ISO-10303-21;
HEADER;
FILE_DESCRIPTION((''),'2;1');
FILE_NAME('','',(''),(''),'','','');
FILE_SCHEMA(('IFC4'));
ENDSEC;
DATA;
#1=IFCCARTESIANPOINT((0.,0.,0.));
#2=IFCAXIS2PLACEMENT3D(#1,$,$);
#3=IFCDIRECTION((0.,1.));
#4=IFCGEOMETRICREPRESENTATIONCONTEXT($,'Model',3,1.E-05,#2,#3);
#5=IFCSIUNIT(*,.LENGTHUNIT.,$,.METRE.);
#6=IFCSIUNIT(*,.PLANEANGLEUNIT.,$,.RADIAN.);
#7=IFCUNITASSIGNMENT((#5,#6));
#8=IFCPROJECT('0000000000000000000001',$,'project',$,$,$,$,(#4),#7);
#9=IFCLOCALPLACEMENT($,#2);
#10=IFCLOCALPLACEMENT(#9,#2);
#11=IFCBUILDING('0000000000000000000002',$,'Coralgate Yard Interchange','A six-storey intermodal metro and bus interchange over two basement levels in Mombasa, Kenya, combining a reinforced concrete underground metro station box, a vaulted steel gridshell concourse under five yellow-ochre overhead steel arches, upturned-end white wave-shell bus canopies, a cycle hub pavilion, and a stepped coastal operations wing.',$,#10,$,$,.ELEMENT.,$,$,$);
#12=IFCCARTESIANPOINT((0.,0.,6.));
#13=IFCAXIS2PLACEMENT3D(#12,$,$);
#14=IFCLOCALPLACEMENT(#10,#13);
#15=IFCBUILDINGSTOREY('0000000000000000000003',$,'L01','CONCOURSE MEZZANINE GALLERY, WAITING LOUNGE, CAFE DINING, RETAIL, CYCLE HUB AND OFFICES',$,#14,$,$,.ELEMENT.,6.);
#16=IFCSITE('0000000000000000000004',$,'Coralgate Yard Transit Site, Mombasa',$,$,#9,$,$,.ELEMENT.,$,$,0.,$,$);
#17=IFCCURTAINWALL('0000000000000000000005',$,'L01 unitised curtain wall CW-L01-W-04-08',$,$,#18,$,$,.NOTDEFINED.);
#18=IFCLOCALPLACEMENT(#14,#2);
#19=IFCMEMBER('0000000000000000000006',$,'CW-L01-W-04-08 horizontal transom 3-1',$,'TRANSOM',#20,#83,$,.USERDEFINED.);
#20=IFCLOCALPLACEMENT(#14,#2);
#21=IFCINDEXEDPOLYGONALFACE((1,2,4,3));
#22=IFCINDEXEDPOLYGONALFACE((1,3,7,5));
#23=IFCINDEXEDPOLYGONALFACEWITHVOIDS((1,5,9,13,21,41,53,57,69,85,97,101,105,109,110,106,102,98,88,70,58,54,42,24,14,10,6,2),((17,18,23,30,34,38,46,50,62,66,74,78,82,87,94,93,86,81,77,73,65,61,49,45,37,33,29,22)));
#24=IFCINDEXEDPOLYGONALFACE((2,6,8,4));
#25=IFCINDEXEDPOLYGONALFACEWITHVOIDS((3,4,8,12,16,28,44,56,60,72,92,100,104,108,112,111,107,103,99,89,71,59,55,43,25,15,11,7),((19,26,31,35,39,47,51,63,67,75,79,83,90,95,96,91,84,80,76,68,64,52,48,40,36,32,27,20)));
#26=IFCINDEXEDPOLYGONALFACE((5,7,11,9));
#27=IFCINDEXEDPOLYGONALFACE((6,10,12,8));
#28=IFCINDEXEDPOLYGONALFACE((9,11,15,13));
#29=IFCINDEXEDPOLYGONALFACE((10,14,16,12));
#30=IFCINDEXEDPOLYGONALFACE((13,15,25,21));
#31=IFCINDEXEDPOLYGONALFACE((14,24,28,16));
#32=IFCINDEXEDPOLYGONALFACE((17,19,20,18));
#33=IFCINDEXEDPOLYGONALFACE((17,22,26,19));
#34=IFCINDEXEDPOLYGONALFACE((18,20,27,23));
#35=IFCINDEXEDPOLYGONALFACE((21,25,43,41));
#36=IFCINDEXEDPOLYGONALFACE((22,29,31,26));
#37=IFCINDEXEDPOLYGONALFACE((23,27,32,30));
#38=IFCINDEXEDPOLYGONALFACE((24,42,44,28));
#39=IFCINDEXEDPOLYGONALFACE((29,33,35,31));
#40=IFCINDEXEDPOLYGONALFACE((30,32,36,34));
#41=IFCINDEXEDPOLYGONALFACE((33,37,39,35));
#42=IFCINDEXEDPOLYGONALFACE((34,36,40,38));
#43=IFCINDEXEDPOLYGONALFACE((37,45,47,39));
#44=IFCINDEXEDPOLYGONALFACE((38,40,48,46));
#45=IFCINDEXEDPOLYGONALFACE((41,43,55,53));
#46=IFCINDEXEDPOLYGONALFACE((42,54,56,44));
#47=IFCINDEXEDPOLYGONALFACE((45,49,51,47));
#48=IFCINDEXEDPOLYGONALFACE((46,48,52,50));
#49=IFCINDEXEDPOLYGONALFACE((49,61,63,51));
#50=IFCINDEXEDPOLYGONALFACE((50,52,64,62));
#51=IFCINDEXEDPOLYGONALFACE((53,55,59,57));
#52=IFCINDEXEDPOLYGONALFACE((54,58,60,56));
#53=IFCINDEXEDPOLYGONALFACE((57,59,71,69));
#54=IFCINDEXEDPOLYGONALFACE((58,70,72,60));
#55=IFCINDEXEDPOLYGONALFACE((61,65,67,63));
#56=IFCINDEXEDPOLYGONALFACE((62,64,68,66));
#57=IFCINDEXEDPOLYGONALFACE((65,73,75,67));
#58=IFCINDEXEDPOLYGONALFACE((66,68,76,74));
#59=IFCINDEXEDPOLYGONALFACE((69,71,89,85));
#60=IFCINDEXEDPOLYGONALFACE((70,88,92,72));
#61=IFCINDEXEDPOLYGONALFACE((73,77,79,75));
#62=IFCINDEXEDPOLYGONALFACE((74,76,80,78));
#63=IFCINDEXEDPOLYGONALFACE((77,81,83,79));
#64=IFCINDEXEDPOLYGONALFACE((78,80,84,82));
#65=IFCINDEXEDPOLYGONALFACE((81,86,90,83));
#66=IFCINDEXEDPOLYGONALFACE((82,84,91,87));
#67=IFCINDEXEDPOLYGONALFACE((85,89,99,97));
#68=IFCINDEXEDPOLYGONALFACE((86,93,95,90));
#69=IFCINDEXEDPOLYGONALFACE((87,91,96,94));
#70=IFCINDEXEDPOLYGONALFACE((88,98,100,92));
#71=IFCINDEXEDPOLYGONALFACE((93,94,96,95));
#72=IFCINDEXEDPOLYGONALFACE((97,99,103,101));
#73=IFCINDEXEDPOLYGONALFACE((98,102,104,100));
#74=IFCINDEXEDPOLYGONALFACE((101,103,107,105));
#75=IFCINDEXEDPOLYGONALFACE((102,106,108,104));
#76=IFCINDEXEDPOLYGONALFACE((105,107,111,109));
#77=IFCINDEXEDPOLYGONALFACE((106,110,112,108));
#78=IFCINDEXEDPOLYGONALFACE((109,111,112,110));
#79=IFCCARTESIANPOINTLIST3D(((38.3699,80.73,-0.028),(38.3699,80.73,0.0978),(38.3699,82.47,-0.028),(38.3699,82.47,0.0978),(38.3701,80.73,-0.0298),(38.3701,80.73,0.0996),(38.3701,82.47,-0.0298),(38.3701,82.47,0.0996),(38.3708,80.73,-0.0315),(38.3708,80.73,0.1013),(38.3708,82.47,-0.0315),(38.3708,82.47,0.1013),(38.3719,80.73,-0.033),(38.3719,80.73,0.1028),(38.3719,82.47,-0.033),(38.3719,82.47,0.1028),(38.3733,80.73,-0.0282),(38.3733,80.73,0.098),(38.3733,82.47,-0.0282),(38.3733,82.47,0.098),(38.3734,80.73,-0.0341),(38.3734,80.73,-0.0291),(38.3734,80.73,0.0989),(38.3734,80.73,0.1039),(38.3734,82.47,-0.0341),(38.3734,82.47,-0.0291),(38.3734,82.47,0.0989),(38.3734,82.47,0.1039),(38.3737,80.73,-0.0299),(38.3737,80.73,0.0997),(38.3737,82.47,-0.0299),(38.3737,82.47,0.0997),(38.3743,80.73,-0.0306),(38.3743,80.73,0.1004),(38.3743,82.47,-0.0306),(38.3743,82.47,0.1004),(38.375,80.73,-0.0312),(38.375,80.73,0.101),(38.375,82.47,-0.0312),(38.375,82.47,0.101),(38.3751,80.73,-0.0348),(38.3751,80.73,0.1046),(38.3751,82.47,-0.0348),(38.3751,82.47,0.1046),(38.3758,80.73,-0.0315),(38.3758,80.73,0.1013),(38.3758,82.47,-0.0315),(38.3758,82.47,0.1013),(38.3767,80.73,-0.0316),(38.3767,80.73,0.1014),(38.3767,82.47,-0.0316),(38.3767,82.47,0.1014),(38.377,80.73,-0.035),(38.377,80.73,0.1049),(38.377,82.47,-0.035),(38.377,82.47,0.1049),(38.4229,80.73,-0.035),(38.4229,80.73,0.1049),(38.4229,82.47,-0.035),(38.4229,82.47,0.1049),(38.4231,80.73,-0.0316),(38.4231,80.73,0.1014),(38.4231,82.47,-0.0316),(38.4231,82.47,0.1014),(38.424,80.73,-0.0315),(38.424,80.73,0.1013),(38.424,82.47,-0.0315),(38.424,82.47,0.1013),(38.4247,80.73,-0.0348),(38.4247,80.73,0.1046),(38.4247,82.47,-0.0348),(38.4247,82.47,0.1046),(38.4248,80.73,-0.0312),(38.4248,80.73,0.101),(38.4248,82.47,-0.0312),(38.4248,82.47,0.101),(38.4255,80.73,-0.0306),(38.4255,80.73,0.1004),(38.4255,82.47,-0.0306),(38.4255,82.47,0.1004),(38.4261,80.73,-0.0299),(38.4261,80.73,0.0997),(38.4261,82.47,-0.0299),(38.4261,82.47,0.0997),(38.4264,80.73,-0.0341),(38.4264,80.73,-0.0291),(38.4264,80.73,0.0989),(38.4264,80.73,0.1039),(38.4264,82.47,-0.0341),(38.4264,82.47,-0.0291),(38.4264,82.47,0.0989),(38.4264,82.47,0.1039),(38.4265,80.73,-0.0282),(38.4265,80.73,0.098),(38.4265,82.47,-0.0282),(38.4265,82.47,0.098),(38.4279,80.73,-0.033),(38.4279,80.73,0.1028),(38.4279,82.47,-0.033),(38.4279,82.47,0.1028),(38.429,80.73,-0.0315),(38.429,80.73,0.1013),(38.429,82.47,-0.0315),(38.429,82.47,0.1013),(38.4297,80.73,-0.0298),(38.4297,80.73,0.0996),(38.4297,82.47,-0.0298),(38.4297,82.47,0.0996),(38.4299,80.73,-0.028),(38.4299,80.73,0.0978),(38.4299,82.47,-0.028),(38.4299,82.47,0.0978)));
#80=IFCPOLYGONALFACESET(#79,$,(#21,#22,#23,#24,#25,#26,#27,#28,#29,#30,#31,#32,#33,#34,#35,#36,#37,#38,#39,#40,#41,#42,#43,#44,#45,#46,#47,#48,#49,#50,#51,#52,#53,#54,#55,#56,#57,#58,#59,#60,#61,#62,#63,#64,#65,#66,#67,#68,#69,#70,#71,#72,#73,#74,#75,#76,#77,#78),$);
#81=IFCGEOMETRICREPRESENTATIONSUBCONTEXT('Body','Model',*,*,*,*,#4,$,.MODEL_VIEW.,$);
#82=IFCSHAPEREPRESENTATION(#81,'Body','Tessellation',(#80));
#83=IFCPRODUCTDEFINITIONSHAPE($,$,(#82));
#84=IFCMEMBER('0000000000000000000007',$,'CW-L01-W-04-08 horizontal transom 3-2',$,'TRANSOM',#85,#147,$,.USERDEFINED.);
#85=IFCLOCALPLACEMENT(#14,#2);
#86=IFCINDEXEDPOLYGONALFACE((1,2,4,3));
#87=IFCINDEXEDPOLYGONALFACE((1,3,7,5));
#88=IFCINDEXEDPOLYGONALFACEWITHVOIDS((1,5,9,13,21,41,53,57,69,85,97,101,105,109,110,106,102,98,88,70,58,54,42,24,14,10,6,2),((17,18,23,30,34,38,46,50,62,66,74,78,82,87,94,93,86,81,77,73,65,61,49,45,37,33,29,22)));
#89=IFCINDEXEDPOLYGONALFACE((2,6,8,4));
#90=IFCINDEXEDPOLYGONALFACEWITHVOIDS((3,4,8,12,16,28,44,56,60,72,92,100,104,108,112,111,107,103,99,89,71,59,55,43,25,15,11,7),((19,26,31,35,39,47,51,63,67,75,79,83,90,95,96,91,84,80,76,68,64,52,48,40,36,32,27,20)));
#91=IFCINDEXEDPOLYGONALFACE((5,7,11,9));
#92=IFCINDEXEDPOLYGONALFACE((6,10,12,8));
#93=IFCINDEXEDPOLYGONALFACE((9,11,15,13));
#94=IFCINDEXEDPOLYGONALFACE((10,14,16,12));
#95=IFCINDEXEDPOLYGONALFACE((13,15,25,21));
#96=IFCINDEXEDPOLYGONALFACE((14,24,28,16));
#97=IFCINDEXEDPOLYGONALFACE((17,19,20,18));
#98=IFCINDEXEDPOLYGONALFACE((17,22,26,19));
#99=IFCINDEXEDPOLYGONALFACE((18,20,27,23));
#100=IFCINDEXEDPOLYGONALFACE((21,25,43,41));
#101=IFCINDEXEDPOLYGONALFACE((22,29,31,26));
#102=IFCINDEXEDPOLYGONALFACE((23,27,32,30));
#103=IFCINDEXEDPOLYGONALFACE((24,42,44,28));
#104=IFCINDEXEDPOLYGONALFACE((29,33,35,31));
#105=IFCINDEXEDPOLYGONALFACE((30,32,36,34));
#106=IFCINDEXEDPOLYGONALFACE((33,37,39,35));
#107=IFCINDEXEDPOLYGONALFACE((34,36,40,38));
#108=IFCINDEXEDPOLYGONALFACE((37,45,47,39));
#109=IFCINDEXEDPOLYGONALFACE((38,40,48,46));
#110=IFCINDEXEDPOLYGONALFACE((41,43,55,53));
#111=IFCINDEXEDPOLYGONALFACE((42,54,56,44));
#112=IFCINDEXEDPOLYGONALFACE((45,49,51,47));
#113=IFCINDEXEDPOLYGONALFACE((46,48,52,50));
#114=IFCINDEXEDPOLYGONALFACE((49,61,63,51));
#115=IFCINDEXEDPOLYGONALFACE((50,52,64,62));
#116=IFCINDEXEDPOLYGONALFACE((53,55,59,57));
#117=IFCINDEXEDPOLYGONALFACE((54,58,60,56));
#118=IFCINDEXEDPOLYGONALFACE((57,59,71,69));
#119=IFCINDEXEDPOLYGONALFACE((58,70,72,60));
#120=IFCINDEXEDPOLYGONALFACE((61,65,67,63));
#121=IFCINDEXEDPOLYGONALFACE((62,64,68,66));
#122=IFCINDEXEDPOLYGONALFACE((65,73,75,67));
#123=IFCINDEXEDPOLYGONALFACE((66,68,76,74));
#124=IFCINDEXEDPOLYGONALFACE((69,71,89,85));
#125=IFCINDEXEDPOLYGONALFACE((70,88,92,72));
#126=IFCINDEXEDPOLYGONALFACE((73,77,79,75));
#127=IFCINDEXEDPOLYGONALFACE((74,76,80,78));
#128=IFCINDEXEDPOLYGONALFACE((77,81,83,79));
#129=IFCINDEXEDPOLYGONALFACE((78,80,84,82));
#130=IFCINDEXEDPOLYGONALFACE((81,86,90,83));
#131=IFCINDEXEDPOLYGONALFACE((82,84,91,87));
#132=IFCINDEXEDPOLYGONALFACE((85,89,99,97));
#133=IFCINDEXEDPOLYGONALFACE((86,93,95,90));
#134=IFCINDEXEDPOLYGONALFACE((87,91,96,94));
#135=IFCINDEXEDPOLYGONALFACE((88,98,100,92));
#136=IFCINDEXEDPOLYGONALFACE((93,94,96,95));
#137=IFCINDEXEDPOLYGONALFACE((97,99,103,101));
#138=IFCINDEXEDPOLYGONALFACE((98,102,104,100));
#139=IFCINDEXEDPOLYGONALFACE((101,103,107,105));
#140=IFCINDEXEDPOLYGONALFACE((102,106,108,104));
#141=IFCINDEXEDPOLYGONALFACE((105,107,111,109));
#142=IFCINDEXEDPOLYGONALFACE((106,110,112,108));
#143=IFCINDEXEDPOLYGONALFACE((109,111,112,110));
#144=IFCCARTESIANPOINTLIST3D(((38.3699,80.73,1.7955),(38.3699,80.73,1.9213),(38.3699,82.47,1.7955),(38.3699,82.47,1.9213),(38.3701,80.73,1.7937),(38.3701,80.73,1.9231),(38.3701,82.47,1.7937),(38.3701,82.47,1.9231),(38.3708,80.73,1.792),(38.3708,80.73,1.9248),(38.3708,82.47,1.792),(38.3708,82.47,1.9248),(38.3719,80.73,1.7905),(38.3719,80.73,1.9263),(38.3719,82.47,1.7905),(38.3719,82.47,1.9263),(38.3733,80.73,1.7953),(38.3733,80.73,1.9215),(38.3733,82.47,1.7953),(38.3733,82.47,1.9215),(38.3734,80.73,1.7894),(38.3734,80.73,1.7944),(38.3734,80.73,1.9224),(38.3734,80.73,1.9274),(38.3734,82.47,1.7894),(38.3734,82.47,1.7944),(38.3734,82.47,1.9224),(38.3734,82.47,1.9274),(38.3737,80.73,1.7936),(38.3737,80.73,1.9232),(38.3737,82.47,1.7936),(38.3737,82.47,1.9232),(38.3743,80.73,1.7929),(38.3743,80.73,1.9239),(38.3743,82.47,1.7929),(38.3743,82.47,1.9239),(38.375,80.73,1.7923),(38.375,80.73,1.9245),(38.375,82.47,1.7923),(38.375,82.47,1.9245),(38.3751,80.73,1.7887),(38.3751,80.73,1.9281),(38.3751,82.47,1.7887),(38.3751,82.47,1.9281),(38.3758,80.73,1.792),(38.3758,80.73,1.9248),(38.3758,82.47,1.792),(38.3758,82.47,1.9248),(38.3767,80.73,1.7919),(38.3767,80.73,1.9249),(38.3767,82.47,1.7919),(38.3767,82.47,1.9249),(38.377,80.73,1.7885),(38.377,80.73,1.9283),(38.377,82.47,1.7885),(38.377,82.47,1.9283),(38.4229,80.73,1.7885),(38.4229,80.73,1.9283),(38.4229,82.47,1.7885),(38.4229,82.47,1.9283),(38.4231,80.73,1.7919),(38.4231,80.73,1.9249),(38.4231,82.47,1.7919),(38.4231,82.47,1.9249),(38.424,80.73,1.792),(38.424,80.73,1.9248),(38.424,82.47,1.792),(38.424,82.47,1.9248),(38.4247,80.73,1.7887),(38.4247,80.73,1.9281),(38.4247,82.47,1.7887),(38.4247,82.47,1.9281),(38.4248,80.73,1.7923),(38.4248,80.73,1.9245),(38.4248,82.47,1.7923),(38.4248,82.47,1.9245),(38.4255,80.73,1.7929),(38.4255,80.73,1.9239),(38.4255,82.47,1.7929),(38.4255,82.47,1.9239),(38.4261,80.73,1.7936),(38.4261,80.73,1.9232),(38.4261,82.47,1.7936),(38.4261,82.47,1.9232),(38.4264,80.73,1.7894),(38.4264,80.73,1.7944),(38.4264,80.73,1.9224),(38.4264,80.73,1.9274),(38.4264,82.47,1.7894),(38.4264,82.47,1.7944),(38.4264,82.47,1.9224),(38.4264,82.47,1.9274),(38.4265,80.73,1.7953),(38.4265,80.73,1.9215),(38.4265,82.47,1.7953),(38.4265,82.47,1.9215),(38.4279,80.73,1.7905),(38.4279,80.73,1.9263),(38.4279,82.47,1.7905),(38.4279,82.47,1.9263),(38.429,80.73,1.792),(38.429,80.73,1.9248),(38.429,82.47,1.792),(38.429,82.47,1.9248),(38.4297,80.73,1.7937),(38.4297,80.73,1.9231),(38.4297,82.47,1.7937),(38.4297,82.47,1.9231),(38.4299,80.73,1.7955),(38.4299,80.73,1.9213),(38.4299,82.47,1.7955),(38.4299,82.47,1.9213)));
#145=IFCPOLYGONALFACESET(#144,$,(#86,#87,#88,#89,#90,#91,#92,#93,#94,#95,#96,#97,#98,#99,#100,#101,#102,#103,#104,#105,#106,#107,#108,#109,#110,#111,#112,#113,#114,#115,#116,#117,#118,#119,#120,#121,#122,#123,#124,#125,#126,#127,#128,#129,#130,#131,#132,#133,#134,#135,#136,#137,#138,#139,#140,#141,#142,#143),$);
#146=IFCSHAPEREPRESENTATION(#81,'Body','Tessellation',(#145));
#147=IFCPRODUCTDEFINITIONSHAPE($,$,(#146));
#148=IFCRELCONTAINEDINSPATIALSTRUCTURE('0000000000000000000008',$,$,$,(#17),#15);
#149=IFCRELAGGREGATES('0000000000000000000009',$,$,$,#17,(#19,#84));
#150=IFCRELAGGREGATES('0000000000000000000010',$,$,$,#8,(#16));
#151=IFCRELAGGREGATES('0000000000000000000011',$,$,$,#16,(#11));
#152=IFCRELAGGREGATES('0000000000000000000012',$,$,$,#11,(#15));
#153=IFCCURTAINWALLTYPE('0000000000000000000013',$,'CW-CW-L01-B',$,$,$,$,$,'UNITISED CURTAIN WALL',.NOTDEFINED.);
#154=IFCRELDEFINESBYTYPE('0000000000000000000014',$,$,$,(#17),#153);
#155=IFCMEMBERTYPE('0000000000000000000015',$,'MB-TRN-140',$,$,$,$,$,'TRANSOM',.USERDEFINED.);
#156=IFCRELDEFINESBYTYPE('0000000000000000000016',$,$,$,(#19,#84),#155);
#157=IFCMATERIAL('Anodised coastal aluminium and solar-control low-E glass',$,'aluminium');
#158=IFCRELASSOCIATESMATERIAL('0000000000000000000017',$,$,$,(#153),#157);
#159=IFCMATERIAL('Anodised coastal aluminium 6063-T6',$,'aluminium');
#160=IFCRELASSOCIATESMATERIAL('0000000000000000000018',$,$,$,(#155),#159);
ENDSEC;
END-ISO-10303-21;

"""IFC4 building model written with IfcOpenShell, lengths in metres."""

from ifc_helpers import new_model, si_unit, direction, frame, origin, origin_2d, place, context, subcontext, project, spatial, hollow_rectangle, extrude, material, material_profile, profile_set, type_object, element, aggregate, save


model = new_model("IFC4")

# Units and contexts
model_context = context("Model", 3, precision=1e-05, world=origin(), true_north=direction((0.0, 1.0)))
body_context = subcontext(model_context, "Body", "Model", "MODEL_VIEW")
ifc_project = project(units=[si_unit("LENGTHUNIT", "METRE"), si_unit("PLANEANGLEUNIT", "RADIAN")], contexts=[model_context])

# Site, building, storey
site_placement = place(None, origin())
site = spatial("IfcSite", under=ifc_project, at=site_placement, Name="Coralgate Yard Transit Site, Mombasa", CompositionType="ELEMENT", RefElevation=0.0)
building_placement = place(site_placement, origin())
building = spatial("IfcBuilding", under=site, at=building_placement, Name="Coralgate Yard Interchange", Description="A six-storey intermodal metro and bus interchange over two basement levels in Mombasa, Kenya, combining a reinforced concrete underground metro station box, a vaulted steel gridshell concourse under five yellow-ochre overhead steel arches, upturned-end white wave-shell bus canopies, a cycle hub pavilion, and a stepped coastal operations wing.", CompositionType="ELEMENT")
storey_placement = place(building_placement, frame((0.0, 0.0, 6.0)))
storey = spatial("IfcBuildingStorey", under=building, at=storey_placement, Name="L01", Description="CONCOURSE MEZZANINE GALLERY, WAITING LOUNGE, CAFE DINING, RETAIL, CYCLE HUB AND OFFICES", CompositionType="ELEMENT", Elevation=6.0)

# Curtain wall, members
ifc_material_1 = material(Name="Anodised coastal aluminium and solar-control low-E glass", Category="aluminium")
curtain_wall_type = type_object("IfcCurtainWallType", Name="CW-CW-L01-B", ElementType="UNITISED CURTAIN WALL", PredefinedType="NOTDEFINED", material=ifc_material_1)
curtain_wall_placement = place(storey_placement, origin())
curtain_wall = element("IfcCurtainWall", 1, at=curtain_wall_placement, inside=storey, type_object=curtain_wall_type, Name="L01 unitised curtain wall CW-L01-W-04-08", PredefinedType="NOTDEFINED")
ifc_material_2 = material(Name="Anodised coastal aluminium 6063-T6", Category="aluminium")
ifc_material_profile_1 = material_profile(ifc_material_2, hollow_rectangle(XDim=0.0601, YDim=0.1399, WallThickness=0.0034, InnerFilletRadius=0.0034, OuterFilletRadius=0.0071, at=origin_2d()), Name="ALU 60x140x3.5")
ifc_profile_set_1 = profile_set([ifc_material_profile_1], Name="Anodised coastal aluminium 6063-T6")
member_type_1 = type_object("IfcMemberType", Name="MB-TRN-140", ElementType="TRANSOM", PredefinedType="USERDEFINED", material=ifc_profile_set_1)
member_1_placement = place(storey_placement, frame((38.3999, 80.73, 0.0349), z_axis=(0.0, 1.0, 0.0), x_axis=(-1.0, 0.0, 0.0)))
member_1 = element("IfcMember", 2, at=member_1_placement, type_object=member_type_1, Name="CW-L01-W-04-08 horizontal transom 3-1", ObjectType="TRANSOM", PredefinedType="USERDEFINED", context=body_context, shape_type="SweptSolid", body=[
    extrude(hollow_rectangle(XDim=0.0601, YDim=0.1399, WallThickness=0.0034, InnerFilletRadius=0.0034, OuterFilletRadius=0.0071, at=origin_2d()), origin(), (0.0, 0.0, 1.0), 1.74),
])
member_2_placement = place(storey_placement, frame((38.3999, 80.73, 1.8584), z_axis=(0.0, 1.0, 0.0), x_axis=(-1.0, 0.0, 0.0)))
member_2 = element("IfcMember", 3, at=member_2_placement, type_object=member_type_1, Name="CW-L01-W-04-08 horizontal transom 3-2", ObjectType="TRANSOM", PredefinedType="USERDEFINED", context=body_context, shape_type="SweptSolid", body=[
    extrude(hollow_rectangle(XDim=0.0601, YDim=0.1399, WallThickness=0.0034, InnerFilletRadius=0.0034, OuterFilletRadius=0.0071, at=origin_2d()), origin(), (0.0, 0.0, 1.0), 1.74),
])
aggregate(curtain_wall, [member_1, member_2])

save(model, "model.ifc")
